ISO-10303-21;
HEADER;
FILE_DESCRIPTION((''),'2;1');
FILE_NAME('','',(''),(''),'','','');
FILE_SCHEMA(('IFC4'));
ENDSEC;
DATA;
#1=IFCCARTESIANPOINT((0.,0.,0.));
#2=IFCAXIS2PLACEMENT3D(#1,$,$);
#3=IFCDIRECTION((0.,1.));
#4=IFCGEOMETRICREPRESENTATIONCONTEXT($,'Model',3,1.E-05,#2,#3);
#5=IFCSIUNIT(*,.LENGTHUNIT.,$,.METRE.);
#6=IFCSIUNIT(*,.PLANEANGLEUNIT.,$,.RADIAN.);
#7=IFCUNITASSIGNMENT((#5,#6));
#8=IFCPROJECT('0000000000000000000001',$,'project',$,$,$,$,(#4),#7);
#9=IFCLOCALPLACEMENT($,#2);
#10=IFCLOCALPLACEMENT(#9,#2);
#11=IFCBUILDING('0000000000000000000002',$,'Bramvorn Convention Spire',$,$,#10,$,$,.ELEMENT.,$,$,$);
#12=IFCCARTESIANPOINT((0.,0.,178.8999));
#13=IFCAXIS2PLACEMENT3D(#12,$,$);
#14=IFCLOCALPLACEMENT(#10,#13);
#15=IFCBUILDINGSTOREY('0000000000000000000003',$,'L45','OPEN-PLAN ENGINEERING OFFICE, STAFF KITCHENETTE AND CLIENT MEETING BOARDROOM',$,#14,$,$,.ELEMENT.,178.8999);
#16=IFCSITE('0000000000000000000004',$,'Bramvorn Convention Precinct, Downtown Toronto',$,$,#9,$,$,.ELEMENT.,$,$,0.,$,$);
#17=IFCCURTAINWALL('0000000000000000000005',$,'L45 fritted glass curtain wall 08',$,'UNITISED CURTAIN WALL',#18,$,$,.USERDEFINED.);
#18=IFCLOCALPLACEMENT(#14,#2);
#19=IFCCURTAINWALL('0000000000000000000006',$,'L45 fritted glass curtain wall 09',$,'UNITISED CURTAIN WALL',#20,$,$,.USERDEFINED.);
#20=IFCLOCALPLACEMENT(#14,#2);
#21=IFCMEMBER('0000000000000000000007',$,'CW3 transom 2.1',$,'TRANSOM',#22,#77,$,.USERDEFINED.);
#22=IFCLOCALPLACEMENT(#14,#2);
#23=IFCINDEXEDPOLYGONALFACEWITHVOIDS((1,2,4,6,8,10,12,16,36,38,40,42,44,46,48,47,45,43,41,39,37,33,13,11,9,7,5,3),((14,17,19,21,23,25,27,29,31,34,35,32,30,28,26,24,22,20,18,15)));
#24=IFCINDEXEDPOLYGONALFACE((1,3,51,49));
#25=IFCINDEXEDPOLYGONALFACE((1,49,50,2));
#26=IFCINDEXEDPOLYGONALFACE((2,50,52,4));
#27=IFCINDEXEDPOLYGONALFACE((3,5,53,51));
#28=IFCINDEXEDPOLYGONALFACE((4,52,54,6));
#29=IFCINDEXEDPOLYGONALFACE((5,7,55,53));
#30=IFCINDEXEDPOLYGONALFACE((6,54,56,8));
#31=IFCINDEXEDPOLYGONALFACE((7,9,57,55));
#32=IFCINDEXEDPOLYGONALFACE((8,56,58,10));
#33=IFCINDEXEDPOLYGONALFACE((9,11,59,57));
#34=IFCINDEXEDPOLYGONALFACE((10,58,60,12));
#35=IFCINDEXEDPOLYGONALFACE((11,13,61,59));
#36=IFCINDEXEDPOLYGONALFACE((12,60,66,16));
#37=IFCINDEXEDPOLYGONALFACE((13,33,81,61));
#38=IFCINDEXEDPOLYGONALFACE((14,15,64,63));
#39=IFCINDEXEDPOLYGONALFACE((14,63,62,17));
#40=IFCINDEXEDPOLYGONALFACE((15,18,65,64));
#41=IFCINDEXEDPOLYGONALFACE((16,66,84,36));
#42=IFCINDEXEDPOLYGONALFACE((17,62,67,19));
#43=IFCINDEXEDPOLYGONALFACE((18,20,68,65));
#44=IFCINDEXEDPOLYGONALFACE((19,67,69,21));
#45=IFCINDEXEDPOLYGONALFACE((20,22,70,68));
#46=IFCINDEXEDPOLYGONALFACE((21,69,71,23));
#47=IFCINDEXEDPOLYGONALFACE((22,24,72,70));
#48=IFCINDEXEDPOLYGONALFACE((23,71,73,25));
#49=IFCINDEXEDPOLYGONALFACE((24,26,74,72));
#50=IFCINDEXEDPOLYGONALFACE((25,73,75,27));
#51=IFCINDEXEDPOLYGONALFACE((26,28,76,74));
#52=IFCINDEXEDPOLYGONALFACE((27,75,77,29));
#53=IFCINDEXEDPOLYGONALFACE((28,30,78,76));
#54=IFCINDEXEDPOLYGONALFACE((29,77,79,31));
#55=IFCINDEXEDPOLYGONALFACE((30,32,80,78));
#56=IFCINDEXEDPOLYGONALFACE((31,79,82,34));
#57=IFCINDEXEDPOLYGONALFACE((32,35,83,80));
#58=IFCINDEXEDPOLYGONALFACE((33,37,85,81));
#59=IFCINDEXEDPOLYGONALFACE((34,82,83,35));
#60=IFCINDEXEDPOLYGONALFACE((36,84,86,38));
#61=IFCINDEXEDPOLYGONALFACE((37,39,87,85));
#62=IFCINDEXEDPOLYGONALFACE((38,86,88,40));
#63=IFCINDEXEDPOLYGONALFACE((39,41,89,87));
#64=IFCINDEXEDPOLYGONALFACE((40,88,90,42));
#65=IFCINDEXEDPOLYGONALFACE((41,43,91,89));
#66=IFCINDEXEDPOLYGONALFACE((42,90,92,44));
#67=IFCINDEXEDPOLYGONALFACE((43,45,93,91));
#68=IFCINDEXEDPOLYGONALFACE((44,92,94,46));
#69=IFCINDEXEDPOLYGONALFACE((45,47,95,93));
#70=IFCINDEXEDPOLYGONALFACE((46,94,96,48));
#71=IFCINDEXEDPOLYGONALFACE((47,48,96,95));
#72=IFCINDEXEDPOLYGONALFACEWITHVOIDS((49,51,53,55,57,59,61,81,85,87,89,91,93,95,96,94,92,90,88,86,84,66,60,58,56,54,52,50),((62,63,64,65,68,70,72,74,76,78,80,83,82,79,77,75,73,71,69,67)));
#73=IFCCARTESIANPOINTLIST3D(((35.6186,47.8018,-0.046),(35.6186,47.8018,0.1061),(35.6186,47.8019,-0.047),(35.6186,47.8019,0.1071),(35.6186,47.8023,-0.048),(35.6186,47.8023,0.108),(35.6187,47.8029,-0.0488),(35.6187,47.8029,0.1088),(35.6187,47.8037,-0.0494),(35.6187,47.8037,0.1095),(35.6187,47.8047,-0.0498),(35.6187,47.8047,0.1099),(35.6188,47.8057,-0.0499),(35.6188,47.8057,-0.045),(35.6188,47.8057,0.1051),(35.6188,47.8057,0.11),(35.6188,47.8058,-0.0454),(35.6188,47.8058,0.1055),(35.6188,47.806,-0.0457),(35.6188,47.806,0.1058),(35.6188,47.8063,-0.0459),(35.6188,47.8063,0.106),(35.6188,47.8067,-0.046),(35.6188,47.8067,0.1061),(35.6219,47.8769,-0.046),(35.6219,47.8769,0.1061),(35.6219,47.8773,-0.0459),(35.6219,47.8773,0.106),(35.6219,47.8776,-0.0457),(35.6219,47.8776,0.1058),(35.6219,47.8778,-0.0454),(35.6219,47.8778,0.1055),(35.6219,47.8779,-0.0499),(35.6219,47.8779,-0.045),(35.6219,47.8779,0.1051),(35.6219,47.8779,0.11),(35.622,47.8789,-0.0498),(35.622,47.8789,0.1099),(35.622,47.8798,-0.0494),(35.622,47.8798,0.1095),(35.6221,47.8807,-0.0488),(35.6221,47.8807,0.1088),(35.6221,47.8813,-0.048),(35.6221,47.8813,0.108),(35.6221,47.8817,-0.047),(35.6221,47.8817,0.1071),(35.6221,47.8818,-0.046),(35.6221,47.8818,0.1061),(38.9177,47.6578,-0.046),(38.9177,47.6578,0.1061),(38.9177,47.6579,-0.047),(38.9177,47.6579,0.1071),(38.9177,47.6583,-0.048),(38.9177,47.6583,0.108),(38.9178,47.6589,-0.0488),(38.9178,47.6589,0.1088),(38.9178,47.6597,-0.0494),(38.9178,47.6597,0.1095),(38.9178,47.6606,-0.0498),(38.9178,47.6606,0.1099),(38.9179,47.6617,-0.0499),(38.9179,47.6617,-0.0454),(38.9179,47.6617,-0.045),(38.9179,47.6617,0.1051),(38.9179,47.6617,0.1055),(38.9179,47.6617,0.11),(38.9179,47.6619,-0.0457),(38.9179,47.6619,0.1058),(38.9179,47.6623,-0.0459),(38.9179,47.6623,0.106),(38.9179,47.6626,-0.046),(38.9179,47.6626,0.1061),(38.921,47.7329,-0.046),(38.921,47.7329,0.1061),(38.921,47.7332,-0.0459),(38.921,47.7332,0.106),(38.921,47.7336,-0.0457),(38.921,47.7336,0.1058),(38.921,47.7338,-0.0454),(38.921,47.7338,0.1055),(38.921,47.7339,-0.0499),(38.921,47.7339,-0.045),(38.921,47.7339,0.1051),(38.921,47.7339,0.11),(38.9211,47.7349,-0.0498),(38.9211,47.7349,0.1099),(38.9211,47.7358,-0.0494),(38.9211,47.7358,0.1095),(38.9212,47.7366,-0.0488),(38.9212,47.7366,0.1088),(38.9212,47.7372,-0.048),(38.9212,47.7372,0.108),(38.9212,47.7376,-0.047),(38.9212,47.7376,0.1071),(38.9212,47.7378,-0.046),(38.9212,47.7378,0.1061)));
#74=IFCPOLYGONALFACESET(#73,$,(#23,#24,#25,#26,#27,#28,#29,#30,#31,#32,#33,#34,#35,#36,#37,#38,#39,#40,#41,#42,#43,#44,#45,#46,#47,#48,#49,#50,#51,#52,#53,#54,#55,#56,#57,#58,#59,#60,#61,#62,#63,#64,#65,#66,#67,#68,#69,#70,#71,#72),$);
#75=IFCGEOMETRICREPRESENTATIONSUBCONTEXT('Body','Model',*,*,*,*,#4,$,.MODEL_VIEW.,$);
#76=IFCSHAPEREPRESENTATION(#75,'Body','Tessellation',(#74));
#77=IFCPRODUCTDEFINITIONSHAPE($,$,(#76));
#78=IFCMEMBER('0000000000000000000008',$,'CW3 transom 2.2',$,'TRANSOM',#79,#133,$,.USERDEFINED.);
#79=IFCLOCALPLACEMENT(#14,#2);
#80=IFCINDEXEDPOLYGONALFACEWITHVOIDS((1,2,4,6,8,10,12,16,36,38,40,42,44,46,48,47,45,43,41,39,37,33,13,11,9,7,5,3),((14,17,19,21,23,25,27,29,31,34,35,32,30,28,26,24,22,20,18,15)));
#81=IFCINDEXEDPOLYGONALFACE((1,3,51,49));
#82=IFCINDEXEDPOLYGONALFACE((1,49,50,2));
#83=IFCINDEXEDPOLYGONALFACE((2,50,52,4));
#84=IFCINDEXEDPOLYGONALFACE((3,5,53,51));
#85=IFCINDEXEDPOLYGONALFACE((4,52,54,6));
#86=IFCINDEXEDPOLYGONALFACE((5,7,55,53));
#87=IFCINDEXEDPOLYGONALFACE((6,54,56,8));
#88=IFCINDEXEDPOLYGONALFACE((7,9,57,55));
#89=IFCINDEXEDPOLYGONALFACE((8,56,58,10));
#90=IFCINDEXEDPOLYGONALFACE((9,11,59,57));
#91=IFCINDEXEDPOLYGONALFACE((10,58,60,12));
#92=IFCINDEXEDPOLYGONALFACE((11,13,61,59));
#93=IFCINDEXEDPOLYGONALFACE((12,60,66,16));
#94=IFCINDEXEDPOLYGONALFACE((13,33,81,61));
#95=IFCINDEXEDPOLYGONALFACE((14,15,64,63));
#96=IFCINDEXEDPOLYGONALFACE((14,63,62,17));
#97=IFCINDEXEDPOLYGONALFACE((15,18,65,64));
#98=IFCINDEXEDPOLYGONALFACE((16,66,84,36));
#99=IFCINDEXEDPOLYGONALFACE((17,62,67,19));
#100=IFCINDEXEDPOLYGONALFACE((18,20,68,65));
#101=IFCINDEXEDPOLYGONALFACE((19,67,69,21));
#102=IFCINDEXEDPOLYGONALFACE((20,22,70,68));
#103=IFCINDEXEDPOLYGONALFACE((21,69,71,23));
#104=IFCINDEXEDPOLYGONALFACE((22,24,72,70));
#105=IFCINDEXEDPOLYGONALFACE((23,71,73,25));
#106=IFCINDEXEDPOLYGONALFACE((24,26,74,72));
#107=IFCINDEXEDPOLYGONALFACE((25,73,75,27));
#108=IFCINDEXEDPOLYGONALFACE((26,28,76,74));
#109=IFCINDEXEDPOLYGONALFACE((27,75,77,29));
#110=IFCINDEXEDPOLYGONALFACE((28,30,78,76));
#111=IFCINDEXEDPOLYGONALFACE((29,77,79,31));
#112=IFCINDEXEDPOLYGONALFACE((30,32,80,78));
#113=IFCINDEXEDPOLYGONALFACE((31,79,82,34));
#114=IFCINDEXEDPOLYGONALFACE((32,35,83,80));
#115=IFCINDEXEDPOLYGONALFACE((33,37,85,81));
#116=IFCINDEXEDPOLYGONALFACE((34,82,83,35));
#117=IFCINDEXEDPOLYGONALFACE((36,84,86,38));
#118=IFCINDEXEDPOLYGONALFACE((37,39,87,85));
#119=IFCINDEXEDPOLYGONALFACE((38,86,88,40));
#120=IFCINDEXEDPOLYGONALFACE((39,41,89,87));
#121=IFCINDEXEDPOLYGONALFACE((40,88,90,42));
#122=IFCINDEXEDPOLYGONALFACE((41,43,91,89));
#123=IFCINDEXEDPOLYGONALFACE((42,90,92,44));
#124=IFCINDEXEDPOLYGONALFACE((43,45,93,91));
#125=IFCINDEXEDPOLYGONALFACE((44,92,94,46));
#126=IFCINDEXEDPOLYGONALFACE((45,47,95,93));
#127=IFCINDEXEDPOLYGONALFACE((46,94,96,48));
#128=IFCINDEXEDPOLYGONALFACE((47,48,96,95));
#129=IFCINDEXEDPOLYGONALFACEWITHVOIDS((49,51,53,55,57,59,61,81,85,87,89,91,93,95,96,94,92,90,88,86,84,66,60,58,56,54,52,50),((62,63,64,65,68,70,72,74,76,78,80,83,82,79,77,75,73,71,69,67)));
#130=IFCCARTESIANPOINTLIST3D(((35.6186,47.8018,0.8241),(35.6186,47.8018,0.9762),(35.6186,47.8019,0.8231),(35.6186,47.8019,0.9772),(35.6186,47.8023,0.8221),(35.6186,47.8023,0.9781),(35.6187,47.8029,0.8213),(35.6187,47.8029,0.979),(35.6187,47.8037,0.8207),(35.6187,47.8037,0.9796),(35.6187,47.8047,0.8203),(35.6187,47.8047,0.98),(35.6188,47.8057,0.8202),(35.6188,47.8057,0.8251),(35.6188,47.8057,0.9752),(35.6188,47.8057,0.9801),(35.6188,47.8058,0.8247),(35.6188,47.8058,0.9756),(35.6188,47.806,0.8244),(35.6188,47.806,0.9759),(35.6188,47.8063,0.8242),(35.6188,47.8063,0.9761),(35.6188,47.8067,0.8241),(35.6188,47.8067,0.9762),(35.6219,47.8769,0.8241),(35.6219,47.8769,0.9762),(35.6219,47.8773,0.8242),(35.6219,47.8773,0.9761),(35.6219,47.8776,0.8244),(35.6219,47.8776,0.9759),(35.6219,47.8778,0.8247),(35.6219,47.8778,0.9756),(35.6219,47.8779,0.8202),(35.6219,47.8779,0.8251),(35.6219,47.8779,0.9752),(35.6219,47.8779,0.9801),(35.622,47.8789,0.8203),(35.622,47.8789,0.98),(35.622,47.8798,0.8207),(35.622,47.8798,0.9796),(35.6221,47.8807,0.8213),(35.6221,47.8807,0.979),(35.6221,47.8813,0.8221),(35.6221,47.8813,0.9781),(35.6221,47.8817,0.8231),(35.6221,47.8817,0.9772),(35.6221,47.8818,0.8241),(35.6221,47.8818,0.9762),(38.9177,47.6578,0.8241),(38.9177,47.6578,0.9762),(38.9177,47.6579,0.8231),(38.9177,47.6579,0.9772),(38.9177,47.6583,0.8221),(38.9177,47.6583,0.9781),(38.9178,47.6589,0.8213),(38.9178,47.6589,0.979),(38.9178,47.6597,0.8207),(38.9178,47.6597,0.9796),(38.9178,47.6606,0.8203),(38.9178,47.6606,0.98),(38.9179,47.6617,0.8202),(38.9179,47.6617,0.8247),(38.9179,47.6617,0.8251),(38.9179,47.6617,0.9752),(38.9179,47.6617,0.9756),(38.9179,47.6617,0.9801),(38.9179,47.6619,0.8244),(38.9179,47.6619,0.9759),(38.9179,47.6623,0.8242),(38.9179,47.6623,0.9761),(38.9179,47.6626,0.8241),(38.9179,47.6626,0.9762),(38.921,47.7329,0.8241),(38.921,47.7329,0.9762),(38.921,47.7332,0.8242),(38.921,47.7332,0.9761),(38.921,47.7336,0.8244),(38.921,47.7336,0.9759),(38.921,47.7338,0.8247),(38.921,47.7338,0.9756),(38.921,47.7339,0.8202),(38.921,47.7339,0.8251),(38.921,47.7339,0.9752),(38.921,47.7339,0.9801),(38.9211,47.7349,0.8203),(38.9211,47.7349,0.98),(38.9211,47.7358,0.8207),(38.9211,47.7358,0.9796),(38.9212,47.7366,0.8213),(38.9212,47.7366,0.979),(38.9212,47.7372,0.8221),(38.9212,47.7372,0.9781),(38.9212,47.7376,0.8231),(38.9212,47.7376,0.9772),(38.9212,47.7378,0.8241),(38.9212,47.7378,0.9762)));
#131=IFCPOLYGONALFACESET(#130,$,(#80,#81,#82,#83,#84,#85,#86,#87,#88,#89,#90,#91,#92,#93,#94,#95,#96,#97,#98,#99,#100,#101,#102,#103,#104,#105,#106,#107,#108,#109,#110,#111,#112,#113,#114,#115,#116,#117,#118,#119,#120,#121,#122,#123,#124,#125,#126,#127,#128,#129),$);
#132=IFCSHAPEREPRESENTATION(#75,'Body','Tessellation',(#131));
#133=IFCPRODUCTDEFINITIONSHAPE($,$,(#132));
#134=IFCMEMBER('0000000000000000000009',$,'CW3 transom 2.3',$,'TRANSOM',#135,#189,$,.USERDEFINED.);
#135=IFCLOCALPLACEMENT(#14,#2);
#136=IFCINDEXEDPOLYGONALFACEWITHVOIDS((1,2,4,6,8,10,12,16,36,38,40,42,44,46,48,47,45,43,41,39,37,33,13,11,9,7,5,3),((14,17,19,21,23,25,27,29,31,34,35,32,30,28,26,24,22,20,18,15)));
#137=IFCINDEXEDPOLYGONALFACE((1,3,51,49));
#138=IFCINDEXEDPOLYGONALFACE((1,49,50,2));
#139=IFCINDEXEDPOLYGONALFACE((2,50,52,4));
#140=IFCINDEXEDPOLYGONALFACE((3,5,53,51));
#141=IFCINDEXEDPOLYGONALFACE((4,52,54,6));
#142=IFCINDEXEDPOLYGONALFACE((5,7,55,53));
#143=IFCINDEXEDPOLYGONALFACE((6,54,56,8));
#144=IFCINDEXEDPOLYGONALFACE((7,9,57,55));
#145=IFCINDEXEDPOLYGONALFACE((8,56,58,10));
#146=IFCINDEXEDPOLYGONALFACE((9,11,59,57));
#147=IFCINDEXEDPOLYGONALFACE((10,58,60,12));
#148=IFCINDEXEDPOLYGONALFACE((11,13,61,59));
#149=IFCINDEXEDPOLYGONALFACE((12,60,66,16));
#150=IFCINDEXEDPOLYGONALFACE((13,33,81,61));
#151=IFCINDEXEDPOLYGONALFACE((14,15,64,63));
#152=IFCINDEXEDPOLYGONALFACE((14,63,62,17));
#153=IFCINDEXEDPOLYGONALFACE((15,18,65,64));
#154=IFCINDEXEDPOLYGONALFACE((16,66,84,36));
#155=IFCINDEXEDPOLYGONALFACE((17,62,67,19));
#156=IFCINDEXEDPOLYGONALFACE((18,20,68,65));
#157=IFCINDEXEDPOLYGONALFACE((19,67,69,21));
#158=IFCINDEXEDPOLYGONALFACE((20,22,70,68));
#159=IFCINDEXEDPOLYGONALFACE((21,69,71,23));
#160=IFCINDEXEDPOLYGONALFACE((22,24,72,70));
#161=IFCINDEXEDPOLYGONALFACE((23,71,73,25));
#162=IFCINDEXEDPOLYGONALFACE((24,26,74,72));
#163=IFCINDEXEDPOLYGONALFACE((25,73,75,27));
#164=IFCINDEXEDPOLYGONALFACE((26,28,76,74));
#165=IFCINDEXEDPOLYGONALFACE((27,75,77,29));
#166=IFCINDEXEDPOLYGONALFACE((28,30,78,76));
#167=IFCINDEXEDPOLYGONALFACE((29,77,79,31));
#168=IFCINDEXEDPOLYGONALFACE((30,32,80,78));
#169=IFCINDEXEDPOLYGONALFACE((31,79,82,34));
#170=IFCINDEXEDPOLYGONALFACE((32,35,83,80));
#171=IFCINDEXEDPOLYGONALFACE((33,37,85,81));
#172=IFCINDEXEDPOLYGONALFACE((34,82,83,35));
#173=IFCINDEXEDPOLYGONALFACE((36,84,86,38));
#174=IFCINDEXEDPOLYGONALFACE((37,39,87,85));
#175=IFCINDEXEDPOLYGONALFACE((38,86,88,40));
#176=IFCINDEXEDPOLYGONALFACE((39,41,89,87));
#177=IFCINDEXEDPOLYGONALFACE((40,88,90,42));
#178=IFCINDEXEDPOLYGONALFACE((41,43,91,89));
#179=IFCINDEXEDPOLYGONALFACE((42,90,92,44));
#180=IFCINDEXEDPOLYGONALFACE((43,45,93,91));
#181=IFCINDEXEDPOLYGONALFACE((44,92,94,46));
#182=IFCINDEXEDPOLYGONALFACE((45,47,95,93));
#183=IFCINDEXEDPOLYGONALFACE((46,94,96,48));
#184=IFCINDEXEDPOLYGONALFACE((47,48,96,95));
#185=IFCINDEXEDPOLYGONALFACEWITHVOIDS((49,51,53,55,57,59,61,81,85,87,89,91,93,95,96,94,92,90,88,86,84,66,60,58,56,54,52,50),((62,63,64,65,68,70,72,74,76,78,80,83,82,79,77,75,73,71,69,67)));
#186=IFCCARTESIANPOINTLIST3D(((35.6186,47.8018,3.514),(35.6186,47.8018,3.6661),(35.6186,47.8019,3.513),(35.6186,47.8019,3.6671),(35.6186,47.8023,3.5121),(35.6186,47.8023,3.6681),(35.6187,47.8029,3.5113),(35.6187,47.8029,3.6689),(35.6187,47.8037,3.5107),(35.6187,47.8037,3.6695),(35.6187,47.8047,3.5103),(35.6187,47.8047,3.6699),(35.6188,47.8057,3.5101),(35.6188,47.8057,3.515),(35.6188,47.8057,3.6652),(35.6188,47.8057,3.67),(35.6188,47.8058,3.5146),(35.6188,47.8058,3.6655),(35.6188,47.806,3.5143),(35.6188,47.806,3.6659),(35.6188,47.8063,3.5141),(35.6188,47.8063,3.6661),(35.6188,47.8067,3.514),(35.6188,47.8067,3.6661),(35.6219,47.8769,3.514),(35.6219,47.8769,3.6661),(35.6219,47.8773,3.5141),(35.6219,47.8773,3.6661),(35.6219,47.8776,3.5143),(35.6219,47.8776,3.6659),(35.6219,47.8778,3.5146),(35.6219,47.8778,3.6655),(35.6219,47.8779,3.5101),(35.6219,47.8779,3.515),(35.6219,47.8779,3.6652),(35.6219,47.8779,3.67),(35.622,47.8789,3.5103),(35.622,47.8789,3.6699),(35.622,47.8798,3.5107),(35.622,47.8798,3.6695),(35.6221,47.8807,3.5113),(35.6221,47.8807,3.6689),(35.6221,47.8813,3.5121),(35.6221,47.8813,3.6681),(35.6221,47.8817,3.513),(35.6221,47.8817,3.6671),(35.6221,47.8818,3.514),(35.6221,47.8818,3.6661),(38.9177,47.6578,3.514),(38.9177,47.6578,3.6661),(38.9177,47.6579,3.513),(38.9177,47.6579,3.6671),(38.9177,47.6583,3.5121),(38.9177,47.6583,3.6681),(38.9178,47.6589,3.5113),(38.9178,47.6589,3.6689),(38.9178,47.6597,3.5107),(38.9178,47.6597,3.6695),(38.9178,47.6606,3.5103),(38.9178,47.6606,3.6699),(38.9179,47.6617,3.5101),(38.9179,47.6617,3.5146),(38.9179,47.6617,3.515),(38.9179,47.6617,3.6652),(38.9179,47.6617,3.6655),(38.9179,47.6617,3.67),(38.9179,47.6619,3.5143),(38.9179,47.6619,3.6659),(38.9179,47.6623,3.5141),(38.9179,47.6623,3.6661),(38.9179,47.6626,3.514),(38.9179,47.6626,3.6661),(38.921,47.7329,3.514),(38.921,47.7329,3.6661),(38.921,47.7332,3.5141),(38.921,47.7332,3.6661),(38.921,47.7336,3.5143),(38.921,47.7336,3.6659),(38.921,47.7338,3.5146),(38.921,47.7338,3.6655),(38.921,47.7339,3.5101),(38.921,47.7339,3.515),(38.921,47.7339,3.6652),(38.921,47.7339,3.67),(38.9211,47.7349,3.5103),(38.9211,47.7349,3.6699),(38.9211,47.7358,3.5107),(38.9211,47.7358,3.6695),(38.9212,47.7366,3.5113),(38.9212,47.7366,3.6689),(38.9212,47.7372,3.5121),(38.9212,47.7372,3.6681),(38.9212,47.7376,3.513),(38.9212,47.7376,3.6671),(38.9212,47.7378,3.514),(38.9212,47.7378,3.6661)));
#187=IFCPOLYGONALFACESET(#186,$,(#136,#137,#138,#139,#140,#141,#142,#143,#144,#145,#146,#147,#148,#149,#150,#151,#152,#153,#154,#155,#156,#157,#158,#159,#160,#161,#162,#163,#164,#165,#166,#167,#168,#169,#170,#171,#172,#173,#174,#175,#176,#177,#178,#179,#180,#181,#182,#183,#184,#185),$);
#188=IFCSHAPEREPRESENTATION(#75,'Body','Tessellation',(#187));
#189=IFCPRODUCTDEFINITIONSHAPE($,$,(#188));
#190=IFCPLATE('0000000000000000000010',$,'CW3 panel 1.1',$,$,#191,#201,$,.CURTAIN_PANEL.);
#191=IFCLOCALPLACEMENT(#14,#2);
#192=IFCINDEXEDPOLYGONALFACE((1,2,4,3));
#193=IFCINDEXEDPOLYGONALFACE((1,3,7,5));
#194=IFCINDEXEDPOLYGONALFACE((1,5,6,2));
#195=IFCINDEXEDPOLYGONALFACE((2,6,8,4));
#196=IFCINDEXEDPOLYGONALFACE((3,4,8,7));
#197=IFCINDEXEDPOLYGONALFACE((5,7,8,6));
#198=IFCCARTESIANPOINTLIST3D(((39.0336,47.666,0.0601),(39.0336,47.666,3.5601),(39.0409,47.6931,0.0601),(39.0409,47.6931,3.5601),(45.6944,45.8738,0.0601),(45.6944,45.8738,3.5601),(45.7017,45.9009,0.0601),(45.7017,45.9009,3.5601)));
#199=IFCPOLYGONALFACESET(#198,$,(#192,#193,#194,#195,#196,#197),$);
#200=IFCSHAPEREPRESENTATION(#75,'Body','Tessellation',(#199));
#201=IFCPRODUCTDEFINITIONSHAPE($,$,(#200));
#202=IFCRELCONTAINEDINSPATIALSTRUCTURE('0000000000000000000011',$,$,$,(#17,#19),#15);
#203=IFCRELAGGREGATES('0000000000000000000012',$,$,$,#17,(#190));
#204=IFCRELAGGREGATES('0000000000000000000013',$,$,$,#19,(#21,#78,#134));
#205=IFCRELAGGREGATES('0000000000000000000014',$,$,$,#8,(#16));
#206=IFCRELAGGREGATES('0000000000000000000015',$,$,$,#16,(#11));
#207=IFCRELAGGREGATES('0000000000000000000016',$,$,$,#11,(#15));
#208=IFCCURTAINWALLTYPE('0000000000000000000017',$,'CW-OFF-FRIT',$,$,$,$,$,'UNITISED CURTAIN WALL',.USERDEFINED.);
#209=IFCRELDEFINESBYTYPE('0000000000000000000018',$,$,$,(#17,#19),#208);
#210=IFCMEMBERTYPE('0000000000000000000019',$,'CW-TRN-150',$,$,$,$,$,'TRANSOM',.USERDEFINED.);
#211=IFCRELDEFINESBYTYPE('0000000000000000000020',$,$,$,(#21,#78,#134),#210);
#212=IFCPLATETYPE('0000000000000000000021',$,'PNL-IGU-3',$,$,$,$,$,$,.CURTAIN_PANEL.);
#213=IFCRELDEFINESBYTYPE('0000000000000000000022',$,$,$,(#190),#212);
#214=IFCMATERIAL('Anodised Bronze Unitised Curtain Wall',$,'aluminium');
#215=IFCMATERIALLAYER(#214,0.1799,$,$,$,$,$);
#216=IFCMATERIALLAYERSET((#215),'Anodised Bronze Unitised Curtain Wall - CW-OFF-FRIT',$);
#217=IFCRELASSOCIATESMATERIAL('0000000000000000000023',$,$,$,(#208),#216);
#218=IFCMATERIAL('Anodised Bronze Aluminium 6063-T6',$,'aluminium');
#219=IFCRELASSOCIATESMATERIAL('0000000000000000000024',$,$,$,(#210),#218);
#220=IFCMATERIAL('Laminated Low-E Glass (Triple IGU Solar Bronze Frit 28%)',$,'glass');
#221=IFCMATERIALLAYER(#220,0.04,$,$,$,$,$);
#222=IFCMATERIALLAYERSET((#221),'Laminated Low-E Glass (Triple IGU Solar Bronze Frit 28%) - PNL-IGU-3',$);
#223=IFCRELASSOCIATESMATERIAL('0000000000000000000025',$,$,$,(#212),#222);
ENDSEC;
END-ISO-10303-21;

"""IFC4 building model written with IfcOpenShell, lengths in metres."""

from ifc_helpers import new_model, si_unit, direction, frame, origin, origin_2d, place, context, subcontext, project, spatial, rectangle, hollow_rectangle, extrude, material, layer, layer_set, material_profile, profile_set, type_object, element, aggregate, save


model = new_model("IFC4")

# Units and contexts
model_context = context("Model", 3, precision=1e-05, world=origin(), true_north=direction((0.0, 1.0)))
body_context = subcontext(model_context, "Body", "Model", "MODEL_VIEW")
ifc_project = project(units=[si_unit("LENGTHUNIT", "METRE"), si_unit("PLANEANGLEUNIT", "RADIAN")], contexts=[model_context])

# Site, building, storey
site_placement = place(None, origin())
site = spatial("IfcSite", under=ifc_project, at=site_placement, Name="Bramvorn Convention Precinct, Downtown Toronto", CompositionType="ELEMENT", RefElevation=0.0)
building_placement = place(site_placement, origin())
building = spatial("IfcBuilding", under=site, at=building_placement, Name="Bramvorn Convention Spire", CompositionType="ELEMENT")
storey_placement = place(building_placement, frame((0.0, 0.0, 178.8999)))
storey = spatial("IfcBuildingStorey", under=building, at=storey_placement, Name="L45", Description="OPEN-PLAN ENGINEERING OFFICE, STAFF KITCHENETTE AND CLIENT MEETING BOARDROOM", CompositionType="ELEMENT", Elevation=178.8999)

# Curtain walls
ifc_material_1 = material(Name="Anodised Bronze Unitised Curtain Wall", Category="aluminium")
ifc_layer_1 = layer(ifc_material_1, 0.1799)
ifc_layer_set_1 = layer_set([ifc_layer_1], Name="Anodised Bronze Unitised Curtain Wall - CW-OFF-FRIT")
curtain_wall_type = type_object("IfcCurtainWallType", Name="CW-OFF-FRIT", ElementType="UNITISED CURTAIN WALL", PredefinedType="USERDEFINED", material=ifc_layer_set_1)
curtain_wall_1_placement = place(storey_placement, origin())
curtain_wall_1 = element("IfcCurtainWall", 1, at=curtain_wall_1_placement, inside=storey, type_object=curtain_wall_type, Name="L45 fritted glass curtain wall 08", ObjectType="UNITISED CURTAIN WALL", PredefinedType="USERDEFINED")
ifc_material_2 = material(Name="Anodised Bronze Aluminium 6063-T6", Category="aluminium")
curtain_wall_2_placement = place(storey_placement, origin())
curtain_wall_2 = element("IfcCurtainWall", 2, at=curtain_wall_2_placement, inside=storey, type_object=curtain_wall_type, Name="L45 fritted glass curtain wall 09", ObjectType="UNITISED CURTAIN WALL", PredefinedType="USERDEFINED")

# Members
ifc_material_profile_1 = material_profile(ifc_material_2, hollow_rectangle(XDim=0.0801, YDim=0.1599, WallThickness=0.0039, InnerFilletRadius=0.001, OuterFilletRadius=0.0039, at=origin_2d()))
ifc_profile_set_1 = profile_set([ifc_material_profile_1], Name="Anodised Bronze Aluminium 6063-T6 - CWT80X160")
member_type_1 = type_object("IfcMemberType", Name="CW-TRN-150", ElementType="TRANSOM", PredefinedType="USERDEFINED", material=ifc_profile_set_1)
member_1_placement = place(storey_placement, frame((35.6204, 47.8418, 0.03), z_axis=(0.999048, -0.04362, 0.0), x_axis=(0.04362, 0.999048, 0.0)))
member_1 = element("IfcMember", 3, at=member_1_placement, type_object=member_type_1, Name="CW3 transom 2.1", ObjectType="TRANSOM", PredefinedType="USERDEFINED", context=body_context, shape_type="SweptSolid", body=[
    extrude(hollow_rectangle(XDim=0.0801, YDim=0.1599, WallThickness=0.0039, InnerFilletRadius=0.001, OuterFilletRadius=0.0039, at=origin_2d()), origin(), (0.0, 0.0, 1.0), 3.3022),
])
member_2_placement = place(storey_placement, frame((35.6204, 47.8418, 0.9001), z_axis=(0.999048, -0.04362, 0.0), x_axis=(0.04362, 0.999048, 0.0)))
member_2 = element("IfcMember", 4, at=member_2_placement, type_object=member_type_1, Name="CW3 transom 2.2", ObjectType="TRANSOM", PredefinedType="USERDEFINED", context=body_context, shape_type="SweptSolid", body=[
    extrude(hollow_rectangle(XDim=0.0801, YDim=0.1599, WallThickness=0.0039, InnerFilletRadius=0.001, OuterFilletRadius=0.0039, at=origin_2d()), origin(), (0.0, 0.0, 1.0), 3.3022),
])
member_3_placement = place(storey_placement, frame((35.6204, 47.8418, 3.5901), z_axis=(0.999048, -0.04362, 0.0), x_axis=(0.04362, 0.999048, 0.0)))
member_3 = element("IfcMember", 5, at=member_3_placement, type_object=member_type_1, Name="CW3 transom 2.3", ObjectType="TRANSOM", PredefinedType="USERDEFINED", context=body_context, shape_type="SweptSolid", body=[
    extrude(hollow_rectangle(XDim=0.0801, YDim=0.1599, WallThickness=0.0039, InnerFilletRadius=0.001, OuterFilletRadius=0.0039, at=origin_2d()), origin(), (0.0, 0.0, 1.0), 3.3022),
])

# Plate
ifc_material_3 = material(Name="Laminated Low-E Glass (Triple IGU Solar Bronze Frit 28%)", Category="glass")
ifc_layer_2 = layer(ifc_material_3, 0.04)
ifc_layer_set_2 = layer_set([ifc_layer_2], Name="Laminated Low-E Glass (Triple IGU Solar Bronze Frit 28%) - PNL-IGU-3")
plate_type = type_object("IfcPlateType", Name="PNL-IGU-3", PredefinedType="CURTAIN_PANEL", material=ifc_layer_set_2)
plate_1_placement = place(storey_placement, frame((42.3677, 46.7834, 0.0601), z_axis=(0.0, 0.0, 1.0), x_axis=(0.965658, -0.259818, 0.0)))
plate_1 = element("IfcPlate", 6, at=plate_1_placement, type_object=plate_type, Name="CW3 panel 1.1", PredefinedType="CURTAIN_PANEL", context=body_context, shape_type="SweptSolid", body=[
    extrude(rectangle(XDim=6.8977, YDim=0.0281, at=origin_2d()), origin(), (0.0, 0.0, 1.0), 3.5),
])
aggregate(curtain_wall_1, [plate_1])
aggregate(curtain_wall_2, [member_1, member_2, member_3])

save(model, "model.ifc")
